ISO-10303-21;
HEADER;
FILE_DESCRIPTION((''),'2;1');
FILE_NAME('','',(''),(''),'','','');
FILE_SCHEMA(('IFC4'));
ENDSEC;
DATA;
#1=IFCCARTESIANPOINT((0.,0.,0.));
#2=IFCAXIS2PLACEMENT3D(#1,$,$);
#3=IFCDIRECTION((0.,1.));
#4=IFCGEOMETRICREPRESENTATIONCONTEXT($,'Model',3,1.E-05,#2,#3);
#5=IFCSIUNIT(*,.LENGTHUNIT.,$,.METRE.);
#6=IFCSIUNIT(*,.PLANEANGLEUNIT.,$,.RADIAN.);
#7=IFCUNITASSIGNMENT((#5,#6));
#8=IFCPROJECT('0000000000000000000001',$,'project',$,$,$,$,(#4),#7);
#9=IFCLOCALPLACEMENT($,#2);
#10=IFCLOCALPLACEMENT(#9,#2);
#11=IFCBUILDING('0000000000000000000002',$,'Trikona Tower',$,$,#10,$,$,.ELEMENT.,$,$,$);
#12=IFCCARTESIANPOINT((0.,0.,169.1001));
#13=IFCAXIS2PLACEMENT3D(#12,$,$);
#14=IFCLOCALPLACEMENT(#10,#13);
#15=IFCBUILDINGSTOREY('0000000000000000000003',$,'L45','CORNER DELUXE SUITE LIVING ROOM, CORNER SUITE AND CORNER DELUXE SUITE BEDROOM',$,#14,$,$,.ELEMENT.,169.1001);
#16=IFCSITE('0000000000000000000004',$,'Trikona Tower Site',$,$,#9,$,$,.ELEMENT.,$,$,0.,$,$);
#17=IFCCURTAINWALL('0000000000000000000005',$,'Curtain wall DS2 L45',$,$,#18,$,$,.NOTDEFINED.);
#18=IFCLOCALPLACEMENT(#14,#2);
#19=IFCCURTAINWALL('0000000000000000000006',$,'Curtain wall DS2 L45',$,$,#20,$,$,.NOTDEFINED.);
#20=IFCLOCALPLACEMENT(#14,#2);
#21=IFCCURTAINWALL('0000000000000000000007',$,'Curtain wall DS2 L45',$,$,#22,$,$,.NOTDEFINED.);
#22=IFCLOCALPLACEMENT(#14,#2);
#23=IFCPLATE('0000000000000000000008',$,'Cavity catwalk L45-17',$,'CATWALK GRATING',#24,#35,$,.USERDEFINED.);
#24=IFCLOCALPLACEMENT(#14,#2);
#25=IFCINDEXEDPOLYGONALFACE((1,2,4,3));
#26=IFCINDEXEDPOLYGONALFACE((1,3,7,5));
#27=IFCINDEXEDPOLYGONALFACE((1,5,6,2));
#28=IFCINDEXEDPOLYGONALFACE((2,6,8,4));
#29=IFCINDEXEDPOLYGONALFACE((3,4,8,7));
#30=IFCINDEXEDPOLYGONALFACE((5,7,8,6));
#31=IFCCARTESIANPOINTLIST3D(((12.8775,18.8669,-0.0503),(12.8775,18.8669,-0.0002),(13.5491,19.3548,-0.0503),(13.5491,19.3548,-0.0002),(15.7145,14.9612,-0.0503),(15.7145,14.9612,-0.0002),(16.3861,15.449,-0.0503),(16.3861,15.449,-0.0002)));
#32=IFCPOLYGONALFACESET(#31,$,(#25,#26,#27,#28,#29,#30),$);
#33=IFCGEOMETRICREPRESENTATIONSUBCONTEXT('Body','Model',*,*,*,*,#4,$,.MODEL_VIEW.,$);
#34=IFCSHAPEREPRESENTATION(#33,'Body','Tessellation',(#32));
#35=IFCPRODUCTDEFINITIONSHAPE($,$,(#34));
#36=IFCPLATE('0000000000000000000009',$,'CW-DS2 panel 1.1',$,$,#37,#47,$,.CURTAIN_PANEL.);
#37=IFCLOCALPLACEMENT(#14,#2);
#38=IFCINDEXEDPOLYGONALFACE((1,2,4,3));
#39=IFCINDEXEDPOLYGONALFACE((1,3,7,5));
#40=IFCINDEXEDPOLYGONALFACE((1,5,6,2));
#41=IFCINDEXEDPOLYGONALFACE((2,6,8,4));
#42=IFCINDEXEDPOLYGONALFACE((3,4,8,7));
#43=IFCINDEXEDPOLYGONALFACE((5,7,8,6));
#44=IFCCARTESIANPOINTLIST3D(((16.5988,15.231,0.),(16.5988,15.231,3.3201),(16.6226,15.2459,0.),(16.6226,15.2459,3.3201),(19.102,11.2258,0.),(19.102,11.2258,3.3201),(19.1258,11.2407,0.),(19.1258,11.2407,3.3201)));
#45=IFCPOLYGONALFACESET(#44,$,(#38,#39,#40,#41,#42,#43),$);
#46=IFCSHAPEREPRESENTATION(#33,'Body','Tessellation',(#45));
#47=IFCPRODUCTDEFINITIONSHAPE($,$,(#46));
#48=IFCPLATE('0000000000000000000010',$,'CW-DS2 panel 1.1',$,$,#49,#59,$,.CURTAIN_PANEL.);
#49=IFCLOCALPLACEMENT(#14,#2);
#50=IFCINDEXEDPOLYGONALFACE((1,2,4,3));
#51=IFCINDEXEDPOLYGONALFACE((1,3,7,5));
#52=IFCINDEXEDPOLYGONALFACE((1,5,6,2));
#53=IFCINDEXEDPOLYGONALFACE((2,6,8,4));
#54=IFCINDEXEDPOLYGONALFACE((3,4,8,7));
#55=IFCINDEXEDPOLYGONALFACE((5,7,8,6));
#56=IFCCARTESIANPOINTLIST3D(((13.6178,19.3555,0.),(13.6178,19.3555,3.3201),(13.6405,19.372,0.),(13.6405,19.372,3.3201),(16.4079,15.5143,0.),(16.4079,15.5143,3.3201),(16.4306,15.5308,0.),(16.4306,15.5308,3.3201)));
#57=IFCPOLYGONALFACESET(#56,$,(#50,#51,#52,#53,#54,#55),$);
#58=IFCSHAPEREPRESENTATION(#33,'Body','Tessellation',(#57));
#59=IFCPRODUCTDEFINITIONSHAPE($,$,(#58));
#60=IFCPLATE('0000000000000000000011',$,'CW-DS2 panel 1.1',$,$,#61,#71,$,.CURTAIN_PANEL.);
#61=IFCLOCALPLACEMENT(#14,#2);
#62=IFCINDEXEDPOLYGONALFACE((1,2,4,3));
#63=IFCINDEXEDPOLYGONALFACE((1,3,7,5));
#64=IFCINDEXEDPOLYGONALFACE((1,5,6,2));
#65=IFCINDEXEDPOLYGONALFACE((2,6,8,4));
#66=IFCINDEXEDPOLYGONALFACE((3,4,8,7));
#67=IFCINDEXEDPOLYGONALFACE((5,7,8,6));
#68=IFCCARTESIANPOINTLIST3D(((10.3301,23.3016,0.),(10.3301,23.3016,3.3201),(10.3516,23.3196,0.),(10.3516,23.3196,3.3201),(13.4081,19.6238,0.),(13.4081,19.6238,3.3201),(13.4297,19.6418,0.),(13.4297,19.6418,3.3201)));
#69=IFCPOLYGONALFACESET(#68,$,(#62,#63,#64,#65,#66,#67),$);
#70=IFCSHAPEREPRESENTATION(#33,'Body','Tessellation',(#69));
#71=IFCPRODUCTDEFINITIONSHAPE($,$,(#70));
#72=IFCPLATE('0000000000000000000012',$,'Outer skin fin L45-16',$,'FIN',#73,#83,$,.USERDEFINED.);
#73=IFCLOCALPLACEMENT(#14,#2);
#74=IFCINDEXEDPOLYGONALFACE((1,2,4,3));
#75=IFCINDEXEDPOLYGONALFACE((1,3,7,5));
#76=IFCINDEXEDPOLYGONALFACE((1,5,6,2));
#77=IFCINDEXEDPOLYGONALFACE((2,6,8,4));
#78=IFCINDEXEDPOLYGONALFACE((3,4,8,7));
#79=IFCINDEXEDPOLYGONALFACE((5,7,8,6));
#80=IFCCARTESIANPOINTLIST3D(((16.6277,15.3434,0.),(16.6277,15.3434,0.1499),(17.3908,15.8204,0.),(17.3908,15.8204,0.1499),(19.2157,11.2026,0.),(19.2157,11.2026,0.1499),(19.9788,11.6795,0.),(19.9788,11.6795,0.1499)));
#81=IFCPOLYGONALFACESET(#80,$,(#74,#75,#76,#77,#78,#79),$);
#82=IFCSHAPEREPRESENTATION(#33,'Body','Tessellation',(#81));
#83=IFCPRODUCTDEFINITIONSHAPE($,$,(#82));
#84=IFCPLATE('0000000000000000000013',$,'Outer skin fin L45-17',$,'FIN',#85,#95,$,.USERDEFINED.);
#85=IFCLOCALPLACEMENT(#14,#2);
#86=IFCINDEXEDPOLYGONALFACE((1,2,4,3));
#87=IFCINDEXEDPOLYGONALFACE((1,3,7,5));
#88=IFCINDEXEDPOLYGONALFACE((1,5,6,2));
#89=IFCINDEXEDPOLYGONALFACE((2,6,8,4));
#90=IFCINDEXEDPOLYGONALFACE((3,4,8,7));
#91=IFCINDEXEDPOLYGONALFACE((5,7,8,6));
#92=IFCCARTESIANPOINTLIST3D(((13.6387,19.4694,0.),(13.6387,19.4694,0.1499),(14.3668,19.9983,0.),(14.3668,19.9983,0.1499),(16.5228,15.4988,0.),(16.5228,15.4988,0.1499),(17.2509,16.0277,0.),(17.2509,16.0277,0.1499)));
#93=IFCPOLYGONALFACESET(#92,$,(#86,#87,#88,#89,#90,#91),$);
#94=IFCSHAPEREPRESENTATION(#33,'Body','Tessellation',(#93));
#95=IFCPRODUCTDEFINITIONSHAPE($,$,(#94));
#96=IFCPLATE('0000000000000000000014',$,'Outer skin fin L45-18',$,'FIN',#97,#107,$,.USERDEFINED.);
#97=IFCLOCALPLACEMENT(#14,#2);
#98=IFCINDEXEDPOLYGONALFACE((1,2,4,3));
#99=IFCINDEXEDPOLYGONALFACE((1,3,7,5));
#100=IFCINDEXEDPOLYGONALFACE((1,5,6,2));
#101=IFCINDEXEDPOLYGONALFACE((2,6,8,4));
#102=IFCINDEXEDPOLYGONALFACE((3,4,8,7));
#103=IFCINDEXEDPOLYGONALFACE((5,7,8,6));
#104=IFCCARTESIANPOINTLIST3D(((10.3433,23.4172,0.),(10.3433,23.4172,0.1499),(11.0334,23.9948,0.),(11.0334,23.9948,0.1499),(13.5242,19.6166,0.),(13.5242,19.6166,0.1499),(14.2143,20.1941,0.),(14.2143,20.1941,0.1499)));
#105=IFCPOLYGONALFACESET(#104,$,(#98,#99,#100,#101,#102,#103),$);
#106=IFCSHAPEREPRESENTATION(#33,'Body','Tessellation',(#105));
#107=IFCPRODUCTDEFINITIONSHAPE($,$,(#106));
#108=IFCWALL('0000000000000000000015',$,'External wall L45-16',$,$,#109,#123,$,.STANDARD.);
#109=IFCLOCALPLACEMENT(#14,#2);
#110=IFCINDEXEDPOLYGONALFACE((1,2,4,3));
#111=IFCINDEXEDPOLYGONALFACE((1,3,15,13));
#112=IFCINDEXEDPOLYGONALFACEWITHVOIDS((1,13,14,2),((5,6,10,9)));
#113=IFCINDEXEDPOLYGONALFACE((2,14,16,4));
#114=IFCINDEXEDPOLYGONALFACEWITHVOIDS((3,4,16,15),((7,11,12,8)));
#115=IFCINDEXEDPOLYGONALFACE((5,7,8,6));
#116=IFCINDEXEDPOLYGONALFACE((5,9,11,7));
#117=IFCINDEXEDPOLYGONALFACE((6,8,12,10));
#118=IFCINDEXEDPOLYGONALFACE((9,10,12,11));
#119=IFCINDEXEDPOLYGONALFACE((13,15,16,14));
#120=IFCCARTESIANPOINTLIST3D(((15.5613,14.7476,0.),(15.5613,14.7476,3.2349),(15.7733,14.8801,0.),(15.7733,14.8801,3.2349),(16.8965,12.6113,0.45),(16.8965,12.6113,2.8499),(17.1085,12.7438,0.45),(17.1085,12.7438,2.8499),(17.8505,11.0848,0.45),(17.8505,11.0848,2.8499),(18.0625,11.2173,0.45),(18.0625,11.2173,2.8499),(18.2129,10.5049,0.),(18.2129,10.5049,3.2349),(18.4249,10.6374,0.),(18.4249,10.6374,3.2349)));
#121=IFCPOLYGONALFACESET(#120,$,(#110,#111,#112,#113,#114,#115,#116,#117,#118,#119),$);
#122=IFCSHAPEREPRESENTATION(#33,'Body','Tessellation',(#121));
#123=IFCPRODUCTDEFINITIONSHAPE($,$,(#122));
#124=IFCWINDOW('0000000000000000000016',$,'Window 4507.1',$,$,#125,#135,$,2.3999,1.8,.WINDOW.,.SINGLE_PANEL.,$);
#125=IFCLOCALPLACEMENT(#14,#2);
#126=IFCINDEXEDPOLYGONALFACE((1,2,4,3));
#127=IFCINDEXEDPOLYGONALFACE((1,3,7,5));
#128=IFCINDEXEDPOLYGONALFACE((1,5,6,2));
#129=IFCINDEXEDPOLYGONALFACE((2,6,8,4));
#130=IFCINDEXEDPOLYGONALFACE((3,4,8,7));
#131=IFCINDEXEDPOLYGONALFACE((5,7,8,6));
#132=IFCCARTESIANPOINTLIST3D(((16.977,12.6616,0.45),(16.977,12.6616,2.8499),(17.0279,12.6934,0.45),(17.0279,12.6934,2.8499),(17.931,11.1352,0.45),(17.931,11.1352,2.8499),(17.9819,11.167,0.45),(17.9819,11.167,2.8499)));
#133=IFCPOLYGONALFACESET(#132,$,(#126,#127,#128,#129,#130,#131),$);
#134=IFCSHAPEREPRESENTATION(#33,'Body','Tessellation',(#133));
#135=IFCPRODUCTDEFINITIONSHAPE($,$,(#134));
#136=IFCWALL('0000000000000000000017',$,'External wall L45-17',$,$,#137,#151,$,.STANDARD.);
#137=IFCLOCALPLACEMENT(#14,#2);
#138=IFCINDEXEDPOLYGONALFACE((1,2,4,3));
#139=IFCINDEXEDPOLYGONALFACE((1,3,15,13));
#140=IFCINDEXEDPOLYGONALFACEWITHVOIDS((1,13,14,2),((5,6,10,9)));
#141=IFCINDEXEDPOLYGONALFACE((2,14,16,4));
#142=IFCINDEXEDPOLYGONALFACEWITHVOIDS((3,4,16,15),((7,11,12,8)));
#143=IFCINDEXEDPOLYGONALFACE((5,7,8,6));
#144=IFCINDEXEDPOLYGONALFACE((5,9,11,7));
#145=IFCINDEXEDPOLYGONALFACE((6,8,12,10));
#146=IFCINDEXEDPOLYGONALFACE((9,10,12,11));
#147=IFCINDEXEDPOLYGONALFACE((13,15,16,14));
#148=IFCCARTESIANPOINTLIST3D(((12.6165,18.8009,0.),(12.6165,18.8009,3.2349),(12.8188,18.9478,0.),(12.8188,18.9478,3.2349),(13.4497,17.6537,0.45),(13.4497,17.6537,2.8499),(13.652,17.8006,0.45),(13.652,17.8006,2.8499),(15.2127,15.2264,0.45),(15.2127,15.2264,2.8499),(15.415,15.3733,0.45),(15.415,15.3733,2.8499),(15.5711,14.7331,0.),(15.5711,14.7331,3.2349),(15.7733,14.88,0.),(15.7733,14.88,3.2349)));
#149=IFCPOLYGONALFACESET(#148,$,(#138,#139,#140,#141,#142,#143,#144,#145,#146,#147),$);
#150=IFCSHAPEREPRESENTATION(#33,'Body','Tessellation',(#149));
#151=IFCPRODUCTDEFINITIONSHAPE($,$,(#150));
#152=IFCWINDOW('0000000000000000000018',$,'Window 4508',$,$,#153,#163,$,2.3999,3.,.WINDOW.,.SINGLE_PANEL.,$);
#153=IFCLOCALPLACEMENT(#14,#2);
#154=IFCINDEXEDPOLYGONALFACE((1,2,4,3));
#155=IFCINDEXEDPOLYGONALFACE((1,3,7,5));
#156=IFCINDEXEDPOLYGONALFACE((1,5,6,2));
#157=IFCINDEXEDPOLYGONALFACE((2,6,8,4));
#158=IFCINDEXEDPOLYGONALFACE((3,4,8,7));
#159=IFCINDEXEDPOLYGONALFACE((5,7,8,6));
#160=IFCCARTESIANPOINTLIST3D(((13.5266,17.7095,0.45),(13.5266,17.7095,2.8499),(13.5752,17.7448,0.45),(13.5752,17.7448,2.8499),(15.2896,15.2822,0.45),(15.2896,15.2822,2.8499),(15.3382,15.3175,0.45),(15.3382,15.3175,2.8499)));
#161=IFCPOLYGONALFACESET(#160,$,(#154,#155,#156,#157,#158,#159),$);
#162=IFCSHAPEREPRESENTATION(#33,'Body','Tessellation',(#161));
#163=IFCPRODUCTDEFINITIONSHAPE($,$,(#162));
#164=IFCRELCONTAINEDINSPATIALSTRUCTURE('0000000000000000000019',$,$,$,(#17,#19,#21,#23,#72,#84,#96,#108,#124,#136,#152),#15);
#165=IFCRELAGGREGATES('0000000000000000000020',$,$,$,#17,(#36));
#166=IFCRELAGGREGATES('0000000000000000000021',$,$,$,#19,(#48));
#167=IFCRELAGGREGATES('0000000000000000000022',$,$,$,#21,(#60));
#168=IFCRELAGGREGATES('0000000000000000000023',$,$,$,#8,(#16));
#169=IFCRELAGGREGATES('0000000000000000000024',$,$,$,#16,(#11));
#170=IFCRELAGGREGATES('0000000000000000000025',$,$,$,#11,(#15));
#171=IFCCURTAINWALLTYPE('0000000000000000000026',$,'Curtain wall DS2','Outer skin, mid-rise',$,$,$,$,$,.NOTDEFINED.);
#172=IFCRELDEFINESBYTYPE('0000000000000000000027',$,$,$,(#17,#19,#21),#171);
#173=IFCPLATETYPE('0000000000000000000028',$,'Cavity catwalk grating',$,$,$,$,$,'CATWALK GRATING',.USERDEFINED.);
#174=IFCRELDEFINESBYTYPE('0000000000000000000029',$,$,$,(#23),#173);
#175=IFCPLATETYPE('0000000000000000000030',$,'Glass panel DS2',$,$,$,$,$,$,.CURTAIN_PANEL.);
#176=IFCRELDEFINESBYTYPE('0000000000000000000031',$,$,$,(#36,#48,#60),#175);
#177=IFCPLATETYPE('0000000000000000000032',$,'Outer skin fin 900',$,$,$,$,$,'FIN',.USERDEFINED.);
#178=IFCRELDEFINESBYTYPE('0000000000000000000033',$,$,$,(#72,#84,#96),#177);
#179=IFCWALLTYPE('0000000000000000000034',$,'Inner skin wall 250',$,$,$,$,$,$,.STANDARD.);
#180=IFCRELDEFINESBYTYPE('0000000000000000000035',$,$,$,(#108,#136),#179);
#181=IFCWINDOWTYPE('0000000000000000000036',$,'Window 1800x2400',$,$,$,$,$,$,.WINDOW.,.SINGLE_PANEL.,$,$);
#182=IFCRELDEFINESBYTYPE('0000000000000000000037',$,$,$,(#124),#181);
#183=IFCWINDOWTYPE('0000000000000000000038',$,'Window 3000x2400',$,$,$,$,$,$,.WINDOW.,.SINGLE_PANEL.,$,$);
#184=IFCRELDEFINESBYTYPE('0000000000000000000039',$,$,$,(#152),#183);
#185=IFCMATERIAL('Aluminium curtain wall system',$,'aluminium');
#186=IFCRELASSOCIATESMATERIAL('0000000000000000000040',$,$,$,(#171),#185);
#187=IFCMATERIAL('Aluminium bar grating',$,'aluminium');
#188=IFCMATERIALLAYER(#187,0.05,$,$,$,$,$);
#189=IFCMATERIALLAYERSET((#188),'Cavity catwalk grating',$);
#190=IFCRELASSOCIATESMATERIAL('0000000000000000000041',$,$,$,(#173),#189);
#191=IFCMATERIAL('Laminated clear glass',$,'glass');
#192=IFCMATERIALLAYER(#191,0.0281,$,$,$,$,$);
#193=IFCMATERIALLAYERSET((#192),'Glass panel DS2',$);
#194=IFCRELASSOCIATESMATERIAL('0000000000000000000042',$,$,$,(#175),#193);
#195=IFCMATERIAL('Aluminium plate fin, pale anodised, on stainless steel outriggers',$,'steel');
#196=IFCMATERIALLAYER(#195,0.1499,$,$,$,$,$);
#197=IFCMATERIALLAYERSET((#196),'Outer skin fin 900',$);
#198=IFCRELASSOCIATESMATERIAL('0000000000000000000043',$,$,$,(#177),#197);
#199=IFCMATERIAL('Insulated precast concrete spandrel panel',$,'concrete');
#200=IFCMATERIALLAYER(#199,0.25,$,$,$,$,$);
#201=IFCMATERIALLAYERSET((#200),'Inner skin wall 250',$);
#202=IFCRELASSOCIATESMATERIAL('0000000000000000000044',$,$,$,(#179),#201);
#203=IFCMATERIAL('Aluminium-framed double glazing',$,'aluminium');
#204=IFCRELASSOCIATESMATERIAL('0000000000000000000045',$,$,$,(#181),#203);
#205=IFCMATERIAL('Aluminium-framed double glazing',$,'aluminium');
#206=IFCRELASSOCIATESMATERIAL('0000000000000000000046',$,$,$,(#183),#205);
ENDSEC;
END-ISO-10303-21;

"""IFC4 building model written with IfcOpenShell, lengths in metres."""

from ifc_helpers import new_model, si_unit, direction, frame, frame_2d, origin, origin_2d, place, context, subcontext, project, spatial, rectangle, extrude, material, layer, layer_set, type_object, element, fill, aggregate, save


model = new_model("IFC4")

# Units and contexts
model_context = context("Model", 3, precision=1e-05, world=origin(), true_north=direction((0.0, 1.0)))
body_context = subcontext(model_context, "Body", "Model", "MODEL_VIEW")
ifc_project = project(units=[si_unit("LENGTHUNIT", "METRE"), si_unit("PLANEANGLEUNIT", "RADIAN")], contexts=[model_context])

# Site, building, storey
site_placement = place(None, origin())
site = spatial("IfcSite", under=ifc_project, at=site_placement, Name="Trikona Tower Site", CompositionType="ELEMENT", RefElevation=0.0)
building_placement = place(site_placement, origin())
building = spatial("IfcBuilding", under=site, at=building_placement, Name="Trikona Tower", CompositionType="ELEMENT")
storey_placement = place(building_placement, frame((0.0, 0.0, 169.1001)))
storey = spatial("IfcBuildingStorey", under=building, at=storey_placement, Name="L45", Description="CORNER DELUXE SUITE LIVING ROOM, CORNER SUITE AND CORNER DELUXE SUITE BEDROOM", CompositionType="ELEMENT", Elevation=169.1001)

# Shared definitions
ifc_material_1 = material(Name="Aluminium curtain wall system", Category="aluminium")
curtain_wall_type = type_object("IfcCurtainWallType", Name="Curtain wall DS2", Description="Outer skin, mid-rise", PredefinedType="NOTDEFINED", material=ifc_material_1)

# Curtain walls
curtain_wall_1_placement = place(storey_placement, origin())
curtain_wall_1 = element("IfcCurtainWall", 1, at=curtain_wall_1_placement, inside=storey, type_object=curtain_wall_type, Name="Curtain wall DS2 L45", PredefinedType="NOTDEFINED")
curtain_wall_2_placement = place(storey_placement, origin())
curtain_wall_2 = element("IfcCurtainWall", 2, at=curtain_wall_2_placement, inside=storey, type_object=curtain_wall_type, Name="Curtain wall DS2 L45", PredefinedType="NOTDEFINED")

# Curtain wall
curtain_wall_3_placement = place(storey_placement, origin())
curtain_wall_3 = element("IfcCurtainWall", 3, at=curtain_wall_3_placement, inside=storey, type_object=curtain_wall_type, Name="Curtain wall DS2 L45", PredefinedType="NOTDEFINED")

# Plate
ifc_material_2 = material(Name="Aluminium bar grating", Category="aluminium")
ifc_layer_1 = layer(ifc_material_2, 0.05)
ifc_layer_set_1 = layer_set([ifc_layer_1], Name="Cavity catwalk grating")
plate_type_1 = type_object("IfcPlateType", Name="Cavity catwalk grating", ElementType="CATWALK GRATING", PredefinedType="USERDEFINED", material=ifc_layer_set_1)
plate_1_placement = place(storey_placement, frame((14.6318, 17.158, -0.0503), z_axis=(0.0, 0.0, 1.0), x_axis=(-0.587686, 0.809089, 0.0)))
element("IfcPlate", 4, at=plate_1_placement, inside=storey, type_object=plate_type_1, Name="Cavity catwalk L45-17", ObjectType="CATWALK GRATING", PredefinedType="USERDEFINED", context=body_context, shape_type="SweptSolid", body=[
    extrude(rectangle(XDim=4.8274, YDim=0.8301, at=origin_2d()), origin(), (0.0, 0.0, 1.0), 0.05),
])

# Plates
ifc_material_3 = material(Name="Laminated clear glass", Category="glass")
ifc_layer_2 = layer(ifc_material_3, 0.0281)
ifc_layer_set_2 = layer_set([ifc_layer_2], Name="Glass panel DS2")
plate_type_2 = type_object("IfcPlateType", Name="Glass panel DS2", PredefinedType="CURTAIN_PANEL", material=ifc_layer_set_2)
plate_2_placement = place(storey_placement, frame((17.8623, 13.2358, 0.0), z_axis=(0.0, 0.0, 1.0), x_axis=(-0.529999, 0.847998, 0.0)))
plate_2 = element("IfcPlate", 5, at=plate_2_placement, type_object=plate_type_2, Name="CW-DS2 panel 1.1", PredefinedType="CURTAIN_PANEL", context=body_context, shape_type="SweptSolid", body=[
    extrude(rectangle(XDim=4.7231, YDim=0.0281, at=origin_2d()), origin(), (0.0, 0.0, 1.0), 3.3201),
])
aggregate(curtain_wall_1, [plate_2])
plate_3_placement = place(storey_placement, frame((15.0242, 17.4431, 0.0), z_axis=(0.0, 0.0, 1.0), x_axis=(-0.587691, 0.809086, 0.0)))
plate_3 = element("IfcPlate", 6, at=plate_3_placement, type_object=plate_type_2, Name="CW-DS2 panel 1.1", PredefinedType="CURTAIN_PANEL", context=body_context, shape_type="SweptSolid", body=[
    extrude(rectangle(XDim=4.7476, YDim=0.0281, at=origin_2d()), origin(), (0.0, 0.0, 1.0), 3.3201),
])
aggregate(curtain_wall_2, [plate_3])
plate_4_placement = place(storey_placement, frame((11.8799, 21.4717, 0.0), z_axis=(0.0, 0.0, 1.0), x_axis=(-0.641806, 0.766867, 0.0)))
plate_4 = element("IfcPlate", 7, at=plate_4_placement, type_object=plate_type_2, Name="CW-DS2 panel 1.1", PredefinedType="CURTAIN_PANEL", context=body_context, shape_type="SweptSolid", body=[
    extrude(rectangle(XDim=4.7959, YDim=0.0281, at=origin_2d()), origin(), (0.0, 0.0, 1.0), 3.3201),
])
aggregate(curtain_wall_3, [plate_4])

# Plates
ifc_material_4 = material(Name="Aluminium plate fin, pale anodised, on stainless steel outriggers", Category="steel")
ifc_layer_3 = layer(ifc_material_4, 0.1499)
ifc_layer_set_3 = layer_set([ifc_layer_3], Name="Outer skin fin 900")
plate_type_3 = type_object("IfcPlateType", Name="Outer skin fin 900", ElementType="FIN", PredefinedType="USERDEFINED", material=ifc_layer_set_3)
plate_5_placement = place(storey_placement, frame((18.3032, 13.5115, 0.0), z_axis=(0.0, 0.0, 1.0), x_axis=(-0.529995, 0.848001, 0.0)))
element("IfcPlate", 8, at=plate_5_placement, inside=storey, type_object=plate_type_3, Name="Outer skin fin L45-16", ObjectType="FIN", PredefinedType="USERDEFINED", context=body_context, shape_type="SweptSolid", body=[
    extrude(rectangle(XDim=4.8831, YDim=0.8999, at=origin_2d()), origin(), (0.0, 0.0, 1.0), 0.1499),
])
plate_6_placement = place(storey_placement, frame((15.4448, 17.7485, 0.0), z_axis=(0.0, 0.0, 1.0), x_axis=(-0.587686, 0.809089, 0.0)))
element("IfcPlate", 9, at=plate_6_placement, inside=storey, type_object=plate_type_3, Name="Outer skin fin L45-17", ObjectType="FIN", PredefinedType="USERDEFINED", context=body_context, shape_type="SweptSolid", body=[
    extrude(rectangle(XDim=4.9075, YDim=0.8999, at=origin_2d()), origin(), (0.0, 0.0, 1.0), 0.1499),
])
plate_7_placement = place(storey_placement, frame((12.2788, 21.8057, 0.0), z_axis=(0.0, 0.0, 1.0), x_axis=(-0.641807, 0.766866, 0.0)))
element("IfcPlate", 10, at=plate_7_placement, inside=storey, type_object=plate_type_3, Name="Outer skin fin L45-18", ObjectType="FIN", PredefinedType="USERDEFINED", context=body_context, shape_type="SweptSolid", body=[
    extrude(rectangle(XDim=4.9561, YDim=0.8999, at=origin_2d()), origin(), (0.0, 0.0, 1.0), 0.1499),
])

# Walls, openings, windows
ifc_material_5 = material(Name="Insulated precast concrete spandrel panel", Category="concrete")
ifc_layer_4 = layer(ifc_material_5, 0.25)
ifc_layer_set_4 = layer_set([ifc_layer_4], Name="Inner skin wall 250")
wall_type = type_object("IfcWallType", Name="Inner skin wall 250", PredefinedType="STANDARD", material=ifc_layer_set_4)
wall_1_placement = place(storey_placement, frame((18.3188, 10.5713, 0.0), z_axis=(0.0, 0.0, 1.0), x_axis=(-0.52999, 0.848004, 0.0)))
wall_1 = element("IfcWall", 11, at=wall_1_placement, inside=storey, type_object=wall_type, Name="External wall L45-16", PredefinedType="STANDARD", context=body_context, shape_type="SweptSolid", body=[
    extrude(rectangle(XDim=5.0032, YDim=0.25, at=frame_2d((2.5015, 0.0))), origin(), (0.0, 0.0, 1.0), 3.2349),
])
opening_1_placement = place(wall_1_placement, frame((0.6838, 0.0, 0.45)))
opening_1 = element("IfcOpeningElement", 12, at=opening_1_placement, cuts=wall_1, PredefinedType="OPENING", context=body_context, shape_type="SweptSolid", body=[
    extrude(rectangle(XDim=1.8, YDim=2.3999, at=frame_2d((0.8999, 1.2))), frame((0.0, 0.135, 0.0), z_axis=(0.0, -1.0, 0.0), x_axis=(1.0, 0.0, 0.0)), (0.0, 0.0, 1.0), 0.27),
])
ifc_material_6 = material(Name="Aluminium-framed double glazing", Category="aluminium")
window_type_1 = type_object("IfcWindowType", Name="Window 1800x2400", PartitioningType="SINGLE_PANEL", PredefinedType="WINDOW", material=ifc_material_6)
window_1_placement = place(opening_1_placement, origin())
window_1 = element("IfcWindow", 13, at=window_1_placement, inside=storey, type_object=window_type_1, Name="Window 4507.1", OverallHeight=2.3999, OverallWidth=1.8, PartitioningType="SINGLE_PANEL", PredefinedType="WINDOW", context=body_context, shape_type="SweptSolid", body=[
    extrude(rectangle(XDim=1.8, YDim=2.3999, at=frame_2d((0.8999, 1.2))), frame((0.0, 0.03, 0.0), z_axis=(0.0, -1.0, 0.0), x_axis=(1.0, 0.0, 0.0)), (0.0, 0.0, 1.0), 0.0601),
])
fill(opening_1, window_1)
wall_2_placement = place(storey_placement, frame((15.6721, 14.8066, 0.0), z_axis=(0.0, 0.0, 1.0), x_axis=(-0.587669, 0.809101, 0.0)))
wall_2 = element("IfcWall", 14, at=wall_2_placement, inside=storey, type_object=wall_type, Name="External wall L45-17", PredefinedType="STANDARD", context=body_context, shape_type="SweptSolid", body=[
    extrude(rectangle(XDim=5.0276, YDim=0.25, at=frame_2d((2.5137, 0.0))), origin(), (0.0, 0.0, 1.0), 3.2349),
])
opening_2_placement = place(wall_2_placement, frame((0.6096, 0.0, 0.45)))
opening_2 = element("IfcOpeningElement", 15, at=opening_2_placement, cuts=wall_2, PredefinedType="OPENING", context=body_context, shape_type="SweptSolid", body=[
    extrude(rectangle(XDim=3.0, YDim=2.3999, at=frame_2d((1.5, 1.2))), frame((0.0, 0.135, 0.0), z_axis=(0.0, -1.0, 0.0), x_axis=(1.0, 0.0, 0.0)), (0.0, 0.0, 1.0), 0.27),
])
ifc_material_7 = material(Name="Aluminium-framed double glazing", Category="aluminium")
window_type_2 = type_object("IfcWindowType", Name="Window 3000x2400", PartitioningType="SINGLE_PANEL", PredefinedType="WINDOW", material=ifc_material_7)
window_2_placement = place(opening_2_placement, origin())
window_2 = element("IfcWindow", 16, at=window_2_placement, inside=storey, type_object=window_type_2, Name="Window 4508", OverallHeight=2.3999, OverallWidth=3.0, PartitioningType="SINGLE_PANEL", PredefinedType="WINDOW", context=body_context, shape_type="SweptSolid", body=[
    extrude(rectangle(XDim=3.0, YDim=2.3999, at=frame_2d((1.5, 1.2))), frame((0.0, 0.03, 0.0), z_axis=(0.0, -1.0, 0.0), x_axis=(1.0, 0.0, 0.0)), (0.0, 0.0, 1.0), 0.0601),
])
fill(opening_2, window_2)

save(model, "model.ifc")
